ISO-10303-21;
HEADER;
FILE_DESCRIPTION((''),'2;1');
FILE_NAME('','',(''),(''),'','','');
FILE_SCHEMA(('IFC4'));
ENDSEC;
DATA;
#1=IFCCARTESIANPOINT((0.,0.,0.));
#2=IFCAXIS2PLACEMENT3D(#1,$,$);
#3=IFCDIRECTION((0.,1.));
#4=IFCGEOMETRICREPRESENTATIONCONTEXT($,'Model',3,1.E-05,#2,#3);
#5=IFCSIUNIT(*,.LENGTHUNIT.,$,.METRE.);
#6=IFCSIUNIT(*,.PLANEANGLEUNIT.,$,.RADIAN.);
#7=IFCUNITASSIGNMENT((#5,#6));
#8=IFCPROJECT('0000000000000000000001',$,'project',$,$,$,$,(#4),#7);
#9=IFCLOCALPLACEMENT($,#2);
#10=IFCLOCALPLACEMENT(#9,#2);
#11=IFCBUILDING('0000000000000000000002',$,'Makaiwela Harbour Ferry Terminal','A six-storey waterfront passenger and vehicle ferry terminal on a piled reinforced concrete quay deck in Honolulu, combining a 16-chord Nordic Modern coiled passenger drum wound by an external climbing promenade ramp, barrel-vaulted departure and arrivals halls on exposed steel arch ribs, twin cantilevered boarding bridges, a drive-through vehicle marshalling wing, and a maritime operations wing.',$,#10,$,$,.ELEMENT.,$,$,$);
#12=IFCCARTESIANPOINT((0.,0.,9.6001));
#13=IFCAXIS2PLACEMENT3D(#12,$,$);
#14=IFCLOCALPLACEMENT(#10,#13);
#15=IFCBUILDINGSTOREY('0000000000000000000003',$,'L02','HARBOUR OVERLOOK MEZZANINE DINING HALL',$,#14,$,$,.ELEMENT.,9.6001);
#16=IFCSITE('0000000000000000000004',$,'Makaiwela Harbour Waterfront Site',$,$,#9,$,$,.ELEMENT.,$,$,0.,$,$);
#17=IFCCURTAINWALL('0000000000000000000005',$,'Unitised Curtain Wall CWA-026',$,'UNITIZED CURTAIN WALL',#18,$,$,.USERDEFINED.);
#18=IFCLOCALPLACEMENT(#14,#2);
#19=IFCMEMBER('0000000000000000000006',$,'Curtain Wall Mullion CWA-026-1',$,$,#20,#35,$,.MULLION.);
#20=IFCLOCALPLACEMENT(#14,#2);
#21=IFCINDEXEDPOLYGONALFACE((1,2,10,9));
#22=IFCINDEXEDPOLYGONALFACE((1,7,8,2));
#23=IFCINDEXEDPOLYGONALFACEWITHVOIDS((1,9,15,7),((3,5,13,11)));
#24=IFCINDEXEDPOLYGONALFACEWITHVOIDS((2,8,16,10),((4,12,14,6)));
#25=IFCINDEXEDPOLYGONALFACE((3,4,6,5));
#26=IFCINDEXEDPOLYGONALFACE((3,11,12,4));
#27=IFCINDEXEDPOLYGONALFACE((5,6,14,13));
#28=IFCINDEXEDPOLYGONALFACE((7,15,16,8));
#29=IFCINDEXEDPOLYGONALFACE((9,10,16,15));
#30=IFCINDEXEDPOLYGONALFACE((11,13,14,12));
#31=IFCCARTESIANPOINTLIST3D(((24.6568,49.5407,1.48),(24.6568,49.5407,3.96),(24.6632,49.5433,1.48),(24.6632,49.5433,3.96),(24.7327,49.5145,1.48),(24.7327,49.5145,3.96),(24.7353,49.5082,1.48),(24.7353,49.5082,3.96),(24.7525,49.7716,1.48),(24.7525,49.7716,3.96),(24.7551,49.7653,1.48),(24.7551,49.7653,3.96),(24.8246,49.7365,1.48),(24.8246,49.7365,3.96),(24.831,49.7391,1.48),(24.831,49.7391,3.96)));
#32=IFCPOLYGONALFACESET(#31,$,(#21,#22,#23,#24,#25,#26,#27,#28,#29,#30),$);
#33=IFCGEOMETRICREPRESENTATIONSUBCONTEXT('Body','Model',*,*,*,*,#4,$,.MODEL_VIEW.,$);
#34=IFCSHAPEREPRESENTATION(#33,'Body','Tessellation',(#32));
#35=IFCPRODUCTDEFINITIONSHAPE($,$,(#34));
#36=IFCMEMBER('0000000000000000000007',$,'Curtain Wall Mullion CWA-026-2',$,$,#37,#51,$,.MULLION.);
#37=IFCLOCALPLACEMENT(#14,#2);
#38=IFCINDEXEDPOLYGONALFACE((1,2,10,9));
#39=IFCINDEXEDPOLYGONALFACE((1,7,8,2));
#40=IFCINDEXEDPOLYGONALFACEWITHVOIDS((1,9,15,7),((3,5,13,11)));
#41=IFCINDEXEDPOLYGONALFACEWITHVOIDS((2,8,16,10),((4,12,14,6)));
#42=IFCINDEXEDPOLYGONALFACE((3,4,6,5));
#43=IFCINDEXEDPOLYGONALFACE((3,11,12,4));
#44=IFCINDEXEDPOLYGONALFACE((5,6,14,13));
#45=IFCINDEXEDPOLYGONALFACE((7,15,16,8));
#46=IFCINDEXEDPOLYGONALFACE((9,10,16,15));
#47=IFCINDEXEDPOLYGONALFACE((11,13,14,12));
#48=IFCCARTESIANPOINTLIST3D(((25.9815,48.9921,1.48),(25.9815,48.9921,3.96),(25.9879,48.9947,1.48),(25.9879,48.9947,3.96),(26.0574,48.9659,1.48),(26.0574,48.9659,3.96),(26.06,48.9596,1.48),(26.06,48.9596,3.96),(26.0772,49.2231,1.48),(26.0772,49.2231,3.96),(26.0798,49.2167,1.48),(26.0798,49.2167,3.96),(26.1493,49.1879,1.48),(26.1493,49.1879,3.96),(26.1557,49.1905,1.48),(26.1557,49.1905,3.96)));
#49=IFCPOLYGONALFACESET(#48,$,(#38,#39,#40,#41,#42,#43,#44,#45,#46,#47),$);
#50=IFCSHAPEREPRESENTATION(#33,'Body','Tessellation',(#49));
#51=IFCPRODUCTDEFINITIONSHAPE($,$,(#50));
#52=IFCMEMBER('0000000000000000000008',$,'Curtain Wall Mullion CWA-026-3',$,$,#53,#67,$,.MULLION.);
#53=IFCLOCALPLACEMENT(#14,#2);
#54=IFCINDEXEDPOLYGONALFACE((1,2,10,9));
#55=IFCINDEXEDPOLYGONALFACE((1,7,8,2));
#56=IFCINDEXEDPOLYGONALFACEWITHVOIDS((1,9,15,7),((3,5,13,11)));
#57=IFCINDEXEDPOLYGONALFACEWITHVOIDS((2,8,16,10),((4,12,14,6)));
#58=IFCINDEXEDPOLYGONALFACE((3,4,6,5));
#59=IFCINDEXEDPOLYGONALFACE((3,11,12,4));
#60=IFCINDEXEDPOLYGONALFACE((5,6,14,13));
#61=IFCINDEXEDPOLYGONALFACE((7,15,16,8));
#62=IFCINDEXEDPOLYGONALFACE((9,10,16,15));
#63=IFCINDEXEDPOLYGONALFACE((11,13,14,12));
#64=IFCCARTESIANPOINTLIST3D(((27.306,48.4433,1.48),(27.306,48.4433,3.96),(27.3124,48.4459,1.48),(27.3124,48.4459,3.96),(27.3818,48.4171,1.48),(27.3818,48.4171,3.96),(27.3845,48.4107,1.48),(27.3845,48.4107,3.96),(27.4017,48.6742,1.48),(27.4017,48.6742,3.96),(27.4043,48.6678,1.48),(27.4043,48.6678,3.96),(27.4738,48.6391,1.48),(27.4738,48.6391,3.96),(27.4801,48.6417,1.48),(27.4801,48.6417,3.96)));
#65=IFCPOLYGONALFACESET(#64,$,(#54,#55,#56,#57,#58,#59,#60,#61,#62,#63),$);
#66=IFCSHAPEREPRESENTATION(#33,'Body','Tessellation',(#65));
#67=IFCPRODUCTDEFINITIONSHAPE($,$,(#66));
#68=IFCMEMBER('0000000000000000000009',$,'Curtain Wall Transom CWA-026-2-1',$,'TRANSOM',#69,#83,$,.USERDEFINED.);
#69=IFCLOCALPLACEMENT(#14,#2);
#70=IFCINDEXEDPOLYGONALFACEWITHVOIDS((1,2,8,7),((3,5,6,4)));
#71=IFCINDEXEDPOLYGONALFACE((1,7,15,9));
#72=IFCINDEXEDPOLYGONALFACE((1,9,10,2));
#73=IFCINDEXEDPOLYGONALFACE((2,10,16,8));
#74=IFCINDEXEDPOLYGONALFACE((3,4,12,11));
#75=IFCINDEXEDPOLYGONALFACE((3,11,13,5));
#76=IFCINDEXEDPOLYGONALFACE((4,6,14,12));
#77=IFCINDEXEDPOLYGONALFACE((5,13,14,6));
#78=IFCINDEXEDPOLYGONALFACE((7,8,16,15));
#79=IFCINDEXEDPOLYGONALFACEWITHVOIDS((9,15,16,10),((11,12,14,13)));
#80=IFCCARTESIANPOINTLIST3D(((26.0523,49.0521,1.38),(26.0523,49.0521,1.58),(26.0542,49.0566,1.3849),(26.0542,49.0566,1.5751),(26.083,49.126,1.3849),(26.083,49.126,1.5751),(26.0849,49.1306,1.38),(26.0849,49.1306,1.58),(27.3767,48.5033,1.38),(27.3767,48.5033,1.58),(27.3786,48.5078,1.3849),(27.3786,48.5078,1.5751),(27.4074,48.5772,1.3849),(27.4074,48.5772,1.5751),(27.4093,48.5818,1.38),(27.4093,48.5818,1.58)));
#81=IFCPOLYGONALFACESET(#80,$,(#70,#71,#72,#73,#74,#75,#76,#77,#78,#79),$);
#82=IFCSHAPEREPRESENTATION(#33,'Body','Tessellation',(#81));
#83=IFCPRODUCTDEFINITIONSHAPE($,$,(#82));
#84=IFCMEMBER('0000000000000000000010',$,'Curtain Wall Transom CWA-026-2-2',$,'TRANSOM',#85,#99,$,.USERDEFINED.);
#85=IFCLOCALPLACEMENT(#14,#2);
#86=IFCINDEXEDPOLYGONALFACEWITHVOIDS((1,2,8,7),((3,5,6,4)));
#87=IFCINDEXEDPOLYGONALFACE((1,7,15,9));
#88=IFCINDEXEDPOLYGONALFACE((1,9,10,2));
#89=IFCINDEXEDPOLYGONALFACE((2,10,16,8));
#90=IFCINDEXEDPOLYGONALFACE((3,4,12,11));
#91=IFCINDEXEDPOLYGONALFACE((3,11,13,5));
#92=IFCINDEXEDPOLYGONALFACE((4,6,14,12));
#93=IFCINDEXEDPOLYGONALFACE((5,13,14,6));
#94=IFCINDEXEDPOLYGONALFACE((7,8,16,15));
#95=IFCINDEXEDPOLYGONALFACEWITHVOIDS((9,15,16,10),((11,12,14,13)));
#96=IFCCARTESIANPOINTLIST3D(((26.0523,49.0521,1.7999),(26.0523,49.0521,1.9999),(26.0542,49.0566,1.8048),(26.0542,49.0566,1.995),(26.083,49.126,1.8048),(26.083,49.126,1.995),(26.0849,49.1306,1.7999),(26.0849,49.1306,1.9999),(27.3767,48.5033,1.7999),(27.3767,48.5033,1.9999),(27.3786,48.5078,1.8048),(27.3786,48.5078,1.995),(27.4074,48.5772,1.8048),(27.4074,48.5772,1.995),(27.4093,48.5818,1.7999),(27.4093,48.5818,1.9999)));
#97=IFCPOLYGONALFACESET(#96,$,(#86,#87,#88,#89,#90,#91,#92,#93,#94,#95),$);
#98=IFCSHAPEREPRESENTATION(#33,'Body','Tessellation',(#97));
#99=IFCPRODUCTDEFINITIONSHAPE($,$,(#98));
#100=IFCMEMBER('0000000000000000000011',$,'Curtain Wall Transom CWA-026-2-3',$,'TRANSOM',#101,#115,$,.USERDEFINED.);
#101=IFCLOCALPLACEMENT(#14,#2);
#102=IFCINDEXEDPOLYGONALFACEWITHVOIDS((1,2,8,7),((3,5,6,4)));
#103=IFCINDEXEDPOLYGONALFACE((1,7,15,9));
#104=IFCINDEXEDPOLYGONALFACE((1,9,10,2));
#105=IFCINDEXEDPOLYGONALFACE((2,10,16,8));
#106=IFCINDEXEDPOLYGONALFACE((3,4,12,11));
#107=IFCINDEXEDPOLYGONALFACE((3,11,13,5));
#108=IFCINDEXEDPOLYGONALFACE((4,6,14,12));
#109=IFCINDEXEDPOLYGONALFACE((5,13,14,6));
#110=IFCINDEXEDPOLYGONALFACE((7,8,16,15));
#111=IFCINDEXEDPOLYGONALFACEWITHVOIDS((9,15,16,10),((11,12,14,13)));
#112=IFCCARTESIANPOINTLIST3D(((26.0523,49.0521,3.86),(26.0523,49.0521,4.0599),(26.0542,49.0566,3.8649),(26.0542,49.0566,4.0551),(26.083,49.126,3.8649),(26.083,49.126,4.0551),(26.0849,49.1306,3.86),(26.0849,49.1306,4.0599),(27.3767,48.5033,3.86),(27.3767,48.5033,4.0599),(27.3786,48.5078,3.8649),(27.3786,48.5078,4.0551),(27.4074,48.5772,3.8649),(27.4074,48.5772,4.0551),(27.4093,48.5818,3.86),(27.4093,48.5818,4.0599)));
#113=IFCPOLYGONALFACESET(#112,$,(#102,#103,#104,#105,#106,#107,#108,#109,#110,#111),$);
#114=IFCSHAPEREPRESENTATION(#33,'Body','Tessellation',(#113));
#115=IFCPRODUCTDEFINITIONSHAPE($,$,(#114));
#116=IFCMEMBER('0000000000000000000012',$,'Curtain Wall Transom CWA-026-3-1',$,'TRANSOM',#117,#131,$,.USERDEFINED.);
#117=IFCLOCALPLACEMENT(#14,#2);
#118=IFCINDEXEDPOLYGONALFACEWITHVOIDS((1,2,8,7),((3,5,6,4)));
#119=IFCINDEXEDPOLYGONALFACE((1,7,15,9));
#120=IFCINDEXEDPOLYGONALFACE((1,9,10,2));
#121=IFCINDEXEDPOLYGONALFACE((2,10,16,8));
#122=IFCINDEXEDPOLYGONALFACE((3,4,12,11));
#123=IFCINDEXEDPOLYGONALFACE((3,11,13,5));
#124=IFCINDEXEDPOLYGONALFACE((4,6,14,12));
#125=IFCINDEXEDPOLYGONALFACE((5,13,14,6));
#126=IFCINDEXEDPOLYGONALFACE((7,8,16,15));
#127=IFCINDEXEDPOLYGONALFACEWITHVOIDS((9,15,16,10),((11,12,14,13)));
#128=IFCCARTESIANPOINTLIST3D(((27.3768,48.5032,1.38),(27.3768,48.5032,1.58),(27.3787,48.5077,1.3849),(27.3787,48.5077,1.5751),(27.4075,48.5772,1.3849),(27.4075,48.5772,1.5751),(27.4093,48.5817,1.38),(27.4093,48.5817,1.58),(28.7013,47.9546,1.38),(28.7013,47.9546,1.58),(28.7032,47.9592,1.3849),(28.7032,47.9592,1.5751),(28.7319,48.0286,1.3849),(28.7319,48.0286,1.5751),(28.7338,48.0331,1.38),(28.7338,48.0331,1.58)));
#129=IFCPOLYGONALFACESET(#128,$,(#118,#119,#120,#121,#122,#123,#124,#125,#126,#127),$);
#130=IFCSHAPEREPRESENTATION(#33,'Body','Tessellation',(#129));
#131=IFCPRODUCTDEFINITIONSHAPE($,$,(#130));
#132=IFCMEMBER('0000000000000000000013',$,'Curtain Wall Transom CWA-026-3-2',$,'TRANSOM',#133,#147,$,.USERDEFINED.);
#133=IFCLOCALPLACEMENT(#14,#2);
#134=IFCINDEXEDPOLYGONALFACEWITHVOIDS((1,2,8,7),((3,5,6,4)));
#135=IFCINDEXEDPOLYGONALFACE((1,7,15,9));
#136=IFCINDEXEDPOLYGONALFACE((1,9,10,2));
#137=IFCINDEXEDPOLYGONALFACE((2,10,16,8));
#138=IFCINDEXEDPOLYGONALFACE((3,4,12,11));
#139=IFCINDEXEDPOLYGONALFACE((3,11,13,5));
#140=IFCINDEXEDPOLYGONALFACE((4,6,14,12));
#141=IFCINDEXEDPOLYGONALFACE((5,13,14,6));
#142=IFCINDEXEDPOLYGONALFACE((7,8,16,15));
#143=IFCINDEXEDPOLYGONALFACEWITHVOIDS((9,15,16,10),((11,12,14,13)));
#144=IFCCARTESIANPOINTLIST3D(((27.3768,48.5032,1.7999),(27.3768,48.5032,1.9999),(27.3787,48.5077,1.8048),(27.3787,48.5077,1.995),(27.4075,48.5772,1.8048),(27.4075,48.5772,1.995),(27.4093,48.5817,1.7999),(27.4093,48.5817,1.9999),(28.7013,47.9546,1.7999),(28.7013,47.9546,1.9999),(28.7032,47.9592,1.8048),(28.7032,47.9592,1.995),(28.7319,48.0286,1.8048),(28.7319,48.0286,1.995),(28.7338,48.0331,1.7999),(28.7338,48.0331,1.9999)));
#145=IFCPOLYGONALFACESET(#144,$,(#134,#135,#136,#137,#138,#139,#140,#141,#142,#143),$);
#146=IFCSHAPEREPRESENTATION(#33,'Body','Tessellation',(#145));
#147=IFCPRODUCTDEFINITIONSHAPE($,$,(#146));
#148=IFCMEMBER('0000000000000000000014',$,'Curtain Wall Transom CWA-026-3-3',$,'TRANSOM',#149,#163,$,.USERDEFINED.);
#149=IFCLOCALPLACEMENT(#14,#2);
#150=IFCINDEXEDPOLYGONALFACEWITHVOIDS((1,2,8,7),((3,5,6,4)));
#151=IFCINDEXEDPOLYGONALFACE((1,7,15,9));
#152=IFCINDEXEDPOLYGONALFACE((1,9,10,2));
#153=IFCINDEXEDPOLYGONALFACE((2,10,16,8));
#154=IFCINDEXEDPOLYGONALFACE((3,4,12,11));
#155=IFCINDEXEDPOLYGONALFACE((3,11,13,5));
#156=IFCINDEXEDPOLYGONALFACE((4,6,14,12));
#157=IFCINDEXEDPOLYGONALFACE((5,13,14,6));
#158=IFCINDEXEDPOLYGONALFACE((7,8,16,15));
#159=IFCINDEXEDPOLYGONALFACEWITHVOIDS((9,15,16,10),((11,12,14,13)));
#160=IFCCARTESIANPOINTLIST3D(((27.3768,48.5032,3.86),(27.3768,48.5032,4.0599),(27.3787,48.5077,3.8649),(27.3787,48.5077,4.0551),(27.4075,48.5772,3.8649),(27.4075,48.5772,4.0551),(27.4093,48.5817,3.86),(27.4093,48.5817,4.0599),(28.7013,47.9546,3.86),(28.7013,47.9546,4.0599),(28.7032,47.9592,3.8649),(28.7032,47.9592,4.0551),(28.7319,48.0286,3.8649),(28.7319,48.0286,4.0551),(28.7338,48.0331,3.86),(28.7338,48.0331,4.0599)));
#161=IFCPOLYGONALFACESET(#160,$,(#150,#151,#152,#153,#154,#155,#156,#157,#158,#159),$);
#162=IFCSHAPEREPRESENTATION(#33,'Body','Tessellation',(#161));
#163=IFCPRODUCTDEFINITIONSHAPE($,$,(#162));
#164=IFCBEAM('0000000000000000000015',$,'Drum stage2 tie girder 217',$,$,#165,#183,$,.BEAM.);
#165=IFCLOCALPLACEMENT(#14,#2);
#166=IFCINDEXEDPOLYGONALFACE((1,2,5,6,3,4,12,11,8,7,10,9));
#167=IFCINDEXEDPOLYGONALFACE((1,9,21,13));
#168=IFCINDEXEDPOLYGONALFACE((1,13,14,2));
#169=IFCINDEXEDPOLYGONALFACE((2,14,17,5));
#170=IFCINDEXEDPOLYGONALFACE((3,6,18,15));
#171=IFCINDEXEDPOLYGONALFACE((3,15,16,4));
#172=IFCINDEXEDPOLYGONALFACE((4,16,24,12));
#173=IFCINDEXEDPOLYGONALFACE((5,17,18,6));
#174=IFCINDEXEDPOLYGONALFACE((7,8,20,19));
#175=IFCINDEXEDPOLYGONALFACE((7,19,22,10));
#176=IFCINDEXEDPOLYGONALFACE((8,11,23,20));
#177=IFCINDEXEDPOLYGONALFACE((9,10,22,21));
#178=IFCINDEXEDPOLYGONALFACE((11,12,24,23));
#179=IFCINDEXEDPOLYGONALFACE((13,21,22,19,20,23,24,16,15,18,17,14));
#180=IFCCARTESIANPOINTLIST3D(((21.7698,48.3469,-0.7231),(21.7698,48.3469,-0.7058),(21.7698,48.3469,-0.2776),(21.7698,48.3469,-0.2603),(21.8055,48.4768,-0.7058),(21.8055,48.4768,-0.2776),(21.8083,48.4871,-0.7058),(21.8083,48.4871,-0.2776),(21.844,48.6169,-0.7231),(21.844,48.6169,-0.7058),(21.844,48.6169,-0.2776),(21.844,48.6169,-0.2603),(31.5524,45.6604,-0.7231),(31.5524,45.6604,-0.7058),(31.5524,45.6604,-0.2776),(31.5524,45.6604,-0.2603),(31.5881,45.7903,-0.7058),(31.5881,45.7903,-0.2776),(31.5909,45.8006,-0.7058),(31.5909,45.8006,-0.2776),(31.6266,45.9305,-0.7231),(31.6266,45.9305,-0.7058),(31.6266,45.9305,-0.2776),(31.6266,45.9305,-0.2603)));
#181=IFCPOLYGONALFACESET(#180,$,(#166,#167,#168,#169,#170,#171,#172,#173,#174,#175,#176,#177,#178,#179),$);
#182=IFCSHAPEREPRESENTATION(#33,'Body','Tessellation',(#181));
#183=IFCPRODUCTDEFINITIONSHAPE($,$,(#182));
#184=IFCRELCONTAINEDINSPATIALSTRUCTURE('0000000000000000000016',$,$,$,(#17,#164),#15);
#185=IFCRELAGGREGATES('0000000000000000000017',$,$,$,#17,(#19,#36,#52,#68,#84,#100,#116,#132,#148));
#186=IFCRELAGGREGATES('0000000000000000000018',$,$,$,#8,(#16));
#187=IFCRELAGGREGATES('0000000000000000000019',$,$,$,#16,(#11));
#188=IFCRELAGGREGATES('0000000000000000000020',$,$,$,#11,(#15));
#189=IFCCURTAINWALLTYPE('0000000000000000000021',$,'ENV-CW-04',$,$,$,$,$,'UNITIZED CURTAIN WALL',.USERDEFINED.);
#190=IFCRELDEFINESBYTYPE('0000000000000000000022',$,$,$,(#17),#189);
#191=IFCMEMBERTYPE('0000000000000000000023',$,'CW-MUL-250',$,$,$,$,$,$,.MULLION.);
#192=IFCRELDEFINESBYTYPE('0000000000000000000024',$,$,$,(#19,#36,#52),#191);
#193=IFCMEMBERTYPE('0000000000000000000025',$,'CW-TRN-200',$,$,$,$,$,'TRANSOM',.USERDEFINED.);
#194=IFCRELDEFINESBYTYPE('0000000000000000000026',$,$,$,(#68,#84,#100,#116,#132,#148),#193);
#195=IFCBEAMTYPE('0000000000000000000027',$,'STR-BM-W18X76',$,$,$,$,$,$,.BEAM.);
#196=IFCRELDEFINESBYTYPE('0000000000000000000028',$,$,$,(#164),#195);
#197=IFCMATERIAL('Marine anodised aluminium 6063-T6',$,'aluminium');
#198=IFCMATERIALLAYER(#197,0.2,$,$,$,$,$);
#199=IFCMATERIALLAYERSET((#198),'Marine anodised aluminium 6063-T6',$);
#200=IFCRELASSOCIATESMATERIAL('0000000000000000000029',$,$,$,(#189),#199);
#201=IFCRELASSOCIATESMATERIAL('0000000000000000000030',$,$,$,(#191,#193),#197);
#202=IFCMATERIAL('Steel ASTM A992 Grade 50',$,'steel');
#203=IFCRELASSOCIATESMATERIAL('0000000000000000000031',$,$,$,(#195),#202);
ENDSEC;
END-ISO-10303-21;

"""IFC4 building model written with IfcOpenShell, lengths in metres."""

from ifc_helpers import new_model, si_unit, direction, frame, origin, origin_2d, place, context, subcontext, project, spatial, hollow_rectangle, i_section, extrude, material, layer, layer_set, material_profile, profile_set, type_object, element, aggregate, save


model = new_model("IFC4")

# Units and contexts
model_context = context("Model", 3, precision=1e-05, world=origin(), true_north=direction((0.0, 1.0)))
body_context = subcontext(model_context, "Body", "Model", "MODEL_VIEW")
ifc_project = project(units=[si_unit("LENGTHUNIT", "METRE"), si_unit("PLANEANGLEUNIT", "RADIAN")], contexts=[model_context])

# Site, building, storey
site_placement = place(None, origin())
site = spatial("IfcSite", under=ifc_project, at=site_placement, Name="Makaiwela Harbour Waterfront Site", CompositionType="ELEMENT", RefElevation=0.0)
building_placement = place(site_placement, origin())
building = spatial("IfcBuilding", under=site, at=building_placement, Name="Makaiwela Harbour Ferry Terminal", Description="A six-storey waterfront passenger and vehicle ferry terminal on a piled reinforced concrete quay deck in Honolulu, combining a 16-chord Nordic Modern coiled passenger drum wound by an external climbing promenade ramp, barrel-vaulted departure and arrivals halls on exposed steel arch ribs, twin cantilevered boarding bridges, a drive-through vehicle marshalling wing, and a maritime operations wing.", CompositionType="ELEMENT")
storey_placement = place(building_placement, frame((0.0, 0.0, 9.6001)))
storey = spatial("IfcBuildingStorey", under=building, at=storey_placement, Name="L02", Description="HARBOUR OVERLOOK MEZZANINE DINING HALL", CompositionType="ELEMENT", Elevation=9.6001)

# Curtain wall, members
ifc_material_1 = material(Name="Marine anodised aluminium 6063-T6", Category="aluminium")
ifc_layer_1 = layer(ifc_material_1, 0.2)
ifc_layer_set_1 = layer_set([ifc_layer_1], Name="Marine anodised aluminium 6063-T6")
curtain_wall_type = type_object("IfcCurtainWallType", Name="ENV-CW-04", ElementType="UNITIZED CURTAIN WALL", PredefinedType="USERDEFINED", material=ifc_layer_set_1)
curtain_wall_placement = place(storey_placement, origin())
curtain_wall = element("IfcCurtainWall", 1, at=curtain_wall_placement, inside=storey, type_object=curtain_wall_type, Name="Unitised Curtain Wall CWA-026", ObjectType="UNITIZED CURTAIN WALL", PredefinedType="USERDEFINED")
ifc_material_profile_1 = material_profile(ifc_material_1, hollow_rectangle(XDim=0.085, YDim=0.25, WallThickness=0.0049, at=origin_2d()), Name="CWM-250X85")
ifc_profile_set_1 = profile_set([ifc_material_profile_1], Name="Marine anodised aluminium 6063-T6")
member_type_1 = type_object("IfcMemberType", Name="CW-MUL-250", PredefinedType="MULLION", material=ifc_profile_set_1)
member_1_placement = place(storey_placement, frame((24.7439, 49.6399, 1.48), z_axis=(0.0, 0.0, 1.0), x_axis=(-0.92388, 0.382683, 0.0)))
member_1 = element("IfcMember", 2, at=member_1_placement, type_object=member_type_1, Name="Curtain Wall Mullion CWA-026-1", PredefinedType="MULLION", context=body_context, shape_type="SweptSolid", body=[
    extrude(hollow_rectangle(XDim=0.085, YDim=0.25, WallThickness=0.0049, at=origin_2d()), origin(), (0.0, 0.0, 1.0), 2.48),
])
member_2_placement = place(storey_placement, frame((26.0686, 49.0913, 1.48), z_axis=(0.0, 0.0, 1.0), x_axis=(-0.92388, 0.382683, 0.0)))
member_2 = element("IfcMember", 3, at=member_2_placement, type_object=member_type_1, Name="Curtain Wall Mullion CWA-026-2", PredefinedType="MULLION", context=body_context, shape_type="SweptSolid", body=[
    extrude(hollow_rectangle(XDim=0.085, YDim=0.25, WallThickness=0.0049, at=origin_2d()), origin(), (0.0, 0.0, 1.0), 2.48),
])
member_3_placement = place(storey_placement, frame((27.3931, 48.5425, 1.48), z_axis=(0.0, 0.0, 1.0), x_axis=(-0.92388, 0.382683, 0.0)))
member_3 = element("IfcMember", 4, at=member_3_placement, type_object=member_type_1, Name="Curtain Wall Mullion CWA-026-3", PredefinedType="MULLION", context=body_context, shape_type="SweptSolid", body=[
    extrude(hollow_rectangle(XDim=0.085, YDim=0.25, WallThickness=0.0049, at=origin_2d()), origin(), (0.0, 0.0, 1.0), 2.48),
])
ifc_material_profile_2 = material_profile(ifc_material_1, hollow_rectangle(XDim=0.085, YDim=0.2, WallThickness=0.0049, at=origin_2d()), Name="CWT-200X85")
ifc_profile_set_2 = profile_set([ifc_material_profile_2], Name="Marine anodised aluminium 6063-T6")
member_type_2 = type_object("IfcMemberType", Name="CW-TRN-200", ElementType="TRANSOM", PredefinedType="USERDEFINED", material=ifc_profile_set_2)
member_4_placement = place(storey_placement, frame((26.0686, 49.0913, 1.48), z_axis=(0.923826, -0.382813, 0.0), x_axis=(0.382813, 0.923826, 0.0)))
member_4 = element("IfcMember", 5, at=member_4_placement, type_object=member_type_2, Name="Curtain Wall Transom CWA-026-2-1", ObjectType="TRANSOM", PredefinedType="USERDEFINED", context=body_context, shape_type="SweptSolid", body=[
    extrude(hollow_rectangle(XDim=0.085, YDim=0.2, WallThickness=0.0049, at=origin_2d()), origin(), (0.0, 0.0, 1.0), 1.4336),
])
member_5_placement = place(storey_placement, frame((26.0686, 49.0913, 1.8999), z_axis=(0.923826, -0.382813, 0.0), x_axis=(0.382813, 0.923826, 0.0)))
member_5 = element("IfcMember", 6, at=member_5_placement, type_object=member_type_2, Name="Curtain Wall Transom CWA-026-2-2", ObjectType="TRANSOM", PredefinedType="USERDEFINED", context=body_context, shape_type="SweptSolid", body=[
    extrude(hollow_rectangle(XDim=0.085, YDim=0.2, WallThickness=0.0049, at=origin_2d()), origin(), (0.0, 0.0, 1.0), 1.4336),
])
member_6_placement = place(storey_placement, frame((26.0686, 49.0913, 3.96), z_axis=(0.923826, -0.382813, 0.0), x_axis=(0.382813, 0.923826, 0.0)))
member_6 = element("IfcMember", 7, at=member_6_placement, type_object=member_type_2, Name="Curtain Wall Transom CWA-026-2-3", ObjectType="TRANSOM", PredefinedType="USERDEFINED", context=body_context, shape_type="SweptSolid", body=[
    extrude(hollow_rectangle(XDim=0.085, YDim=0.2, WallThickness=0.0049, at=origin_2d()), origin(), (0.0, 0.0, 1.0), 1.4336),
])
member_7_placement = place(storey_placement, frame((27.3931, 48.5425, 1.48), z_axis=(0.923886, -0.382668, 0.0), x_axis=(0.382668, 0.923886, 0.0)))
member_7 = element("IfcMember", 8, at=member_7_placement, type_object=member_type_2, Name="Curtain Wall Transom CWA-026-3-1", ObjectType="TRANSOM", PredefinedType="USERDEFINED", context=body_context, shape_type="SweptSolid", body=[
    extrude(hollow_rectangle(XDim=0.085, YDim=0.2, WallThickness=0.0049, at=origin_2d()), origin(), (0.0, 0.0, 1.0), 1.4336),
])
member_8_placement = place(storey_placement, frame((27.3931, 48.5425, 1.8999), z_axis=(0.923886, -0.382668, 0.0), x_axis=(0.382668, 0.923886, 0.0)))
member_8 = element("IfcMember", 9, at=member_8_placement, type_object=member_type_2, Name="Curtain Wall Transom CWA-026-3-2", ObjectType="TRANSOM", PredefinedType="USERDEFINED", context=body_context, shape_type="SweptSolid", body=[
    extrude(hollow_rectangle(XDim=0.085, YDim=0.2, WallThickness=0.0049, at=origin_2d()), origin(), (0.0, 0.0, 1.0), 1.4336),
])
member_9_placement = place(storey_placement, frame((27.3931, 48.5425, 3.96), z_axis=(0.923886, -0.382668, 0.0), x_axis=(0.382668, 0.923886, 0.0)))
member_9 = element("IfcMember", 10, at=member_9_placement, type_object=member_type_2, Name="Curtain Wall Transom CWA-026-3-3", ObjectType="TRANSOM", PredefinedType="USERDEFINED", context=body_context, shape_type="SweptSolid", body=[
    extrude(hollow_rectangle(XDim=0.085, YDim=0.2, WallThickness=0.0049, at=origin_2d()), origin(), (0.0, 0.0, 1.0), 1.4336),
])

# Beam
ifc_material_2 = material(Name="Steel ASTM A992 Grade 50", Category="steel")
ifc_material_profile_3 = material_profile(ifc_material_2, i_section(OverallWidth=0.28, OverallDepth=0.4629, WebThickness=0.0107, FlangeThickness=0.0173, at=origin_2d()), Name="W18X76")
ifc_profile_set_3 = profile_set([ifc_material_profile_3], Name="Steel ASTM A992 Grade 50")
beam_type_1 = type_object("IfcBeamType", Name="STR-BM-W18X76", PredefinedType="BEAM", material=ifc_profile_set_3)
beam_1_placement = place(storey_placement, frame((21.8069, 48.4819, -0.4917), z_axis=(0.964299, -0.264815, 0.0), x_axis=(0.264815, 0.964299, 0.0)))
element("IfcBeam", 11, at=beam_1_placement, inside=storey, type_object=beam_type_1, Name="Drum stage2 tie girder 217", PredefinedType="BEAM", context=body_context, shape_type="SweptSolid", body=[
    extrude(i_section(OverallWidth=0.28, OverallDepth=0.4629, WebThickness=0.0107, FlangeThickness=0.0173, at=origin_2d()), origin(), (0.0, 0.0, 1.0), 10.1448),
])

aggregate(curtain_wall, [member_1, member_2, member_3, member_4, member_5, member_6, member_7, member_8, member_9])

save(model, "model.ifc")
